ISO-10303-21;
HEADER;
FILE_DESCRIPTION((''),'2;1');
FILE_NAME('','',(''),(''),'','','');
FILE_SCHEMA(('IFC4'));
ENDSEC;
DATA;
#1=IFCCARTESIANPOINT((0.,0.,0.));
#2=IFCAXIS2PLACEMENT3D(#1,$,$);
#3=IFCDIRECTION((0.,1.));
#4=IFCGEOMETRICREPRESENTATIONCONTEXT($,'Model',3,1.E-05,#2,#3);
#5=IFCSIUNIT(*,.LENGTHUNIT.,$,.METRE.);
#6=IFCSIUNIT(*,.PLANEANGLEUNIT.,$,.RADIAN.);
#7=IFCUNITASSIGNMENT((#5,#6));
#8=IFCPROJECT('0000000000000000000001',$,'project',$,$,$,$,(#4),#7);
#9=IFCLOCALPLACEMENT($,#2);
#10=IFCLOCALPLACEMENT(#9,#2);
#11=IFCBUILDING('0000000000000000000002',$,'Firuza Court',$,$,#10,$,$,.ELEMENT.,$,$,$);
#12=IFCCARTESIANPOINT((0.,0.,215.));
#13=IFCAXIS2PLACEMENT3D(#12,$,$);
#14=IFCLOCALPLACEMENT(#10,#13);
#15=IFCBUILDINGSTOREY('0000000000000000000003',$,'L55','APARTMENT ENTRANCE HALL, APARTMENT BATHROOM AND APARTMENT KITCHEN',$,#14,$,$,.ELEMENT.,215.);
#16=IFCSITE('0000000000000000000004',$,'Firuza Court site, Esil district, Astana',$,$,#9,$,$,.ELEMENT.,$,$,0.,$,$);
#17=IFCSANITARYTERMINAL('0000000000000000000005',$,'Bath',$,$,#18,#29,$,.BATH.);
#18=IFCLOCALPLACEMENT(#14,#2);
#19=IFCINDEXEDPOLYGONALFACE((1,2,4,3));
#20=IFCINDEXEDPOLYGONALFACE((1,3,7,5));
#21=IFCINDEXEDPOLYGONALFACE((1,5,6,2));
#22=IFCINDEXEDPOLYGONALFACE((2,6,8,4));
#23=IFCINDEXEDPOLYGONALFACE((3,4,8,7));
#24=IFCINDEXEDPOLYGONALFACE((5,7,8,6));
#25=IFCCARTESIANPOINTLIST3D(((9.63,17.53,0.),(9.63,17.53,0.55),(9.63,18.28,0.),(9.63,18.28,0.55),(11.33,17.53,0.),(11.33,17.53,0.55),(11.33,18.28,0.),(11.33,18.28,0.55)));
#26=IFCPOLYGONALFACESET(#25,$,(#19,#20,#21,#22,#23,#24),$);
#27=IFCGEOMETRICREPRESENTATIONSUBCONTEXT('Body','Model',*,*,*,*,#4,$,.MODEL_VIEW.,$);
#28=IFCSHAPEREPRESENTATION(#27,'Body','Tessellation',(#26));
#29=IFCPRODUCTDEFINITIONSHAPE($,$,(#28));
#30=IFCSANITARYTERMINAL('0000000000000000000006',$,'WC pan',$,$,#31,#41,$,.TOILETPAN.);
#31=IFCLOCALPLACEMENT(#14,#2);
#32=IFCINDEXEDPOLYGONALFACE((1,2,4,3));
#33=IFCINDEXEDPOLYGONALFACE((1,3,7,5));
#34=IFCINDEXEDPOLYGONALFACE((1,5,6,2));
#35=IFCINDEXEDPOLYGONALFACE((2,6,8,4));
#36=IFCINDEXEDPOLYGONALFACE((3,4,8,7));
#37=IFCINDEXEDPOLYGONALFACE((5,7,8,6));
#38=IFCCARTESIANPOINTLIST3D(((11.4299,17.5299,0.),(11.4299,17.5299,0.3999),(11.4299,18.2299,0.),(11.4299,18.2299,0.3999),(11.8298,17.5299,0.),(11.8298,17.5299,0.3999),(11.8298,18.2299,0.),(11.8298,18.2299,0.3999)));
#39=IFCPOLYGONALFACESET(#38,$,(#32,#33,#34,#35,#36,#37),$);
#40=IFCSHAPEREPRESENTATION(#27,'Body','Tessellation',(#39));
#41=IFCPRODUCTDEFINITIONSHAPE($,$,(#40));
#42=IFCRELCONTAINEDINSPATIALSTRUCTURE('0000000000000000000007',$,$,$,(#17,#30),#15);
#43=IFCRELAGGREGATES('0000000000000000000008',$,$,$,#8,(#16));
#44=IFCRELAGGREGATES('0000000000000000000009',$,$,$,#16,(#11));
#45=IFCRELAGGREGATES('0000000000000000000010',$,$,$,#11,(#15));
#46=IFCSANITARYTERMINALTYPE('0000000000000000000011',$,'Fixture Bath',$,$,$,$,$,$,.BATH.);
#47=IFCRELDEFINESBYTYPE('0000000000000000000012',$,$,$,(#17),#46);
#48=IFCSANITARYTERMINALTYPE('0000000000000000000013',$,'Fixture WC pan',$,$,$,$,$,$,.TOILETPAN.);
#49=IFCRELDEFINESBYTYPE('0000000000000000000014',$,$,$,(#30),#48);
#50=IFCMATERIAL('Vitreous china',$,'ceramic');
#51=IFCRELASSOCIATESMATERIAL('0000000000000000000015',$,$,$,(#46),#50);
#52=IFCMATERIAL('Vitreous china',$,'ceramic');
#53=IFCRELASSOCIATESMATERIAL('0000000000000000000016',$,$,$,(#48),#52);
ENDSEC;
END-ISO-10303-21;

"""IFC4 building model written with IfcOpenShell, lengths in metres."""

from ifc_helpers import new_model, si_unit, direction, frame, origin, origin_2d, place, context, subcontext, project, spatial, rectangle, extrude, material, type_object, element, save


model = new_model("IFC4")

# Units and contexts
model_context = context("Model", 3, precision=1e-05, world=origin(), true_north=direction((0.0, 1.0)))
body_context = subcontext(model_context, "Body", "Model", "MODEL_VIEW")
ifc_project = project(units=[si_unit("LENGTHUNIT", "METRE"), si_unit("PLANEANGLEUNIT", "RADIAN")], contexts=[model_context])

# Site, building, storey
site_placement = place(None, origin())
site = spatial("IfcSite", under=ifc_project, at=site_placement, Name="Firuza Court site, Esil district, Astana", CompositionType="ELEMENT", RefElevation=0.0)
building_placement = place(site_placement, origin())
building = spatial("IfcBuilding", under=site, at=building_placement, Name="Firuza Court", CompositionType="ELEMENT")
storey_placement = place(building_placement, frame((0.0, 0.0, 215.0)))
storey = spatial("IfcBuildingStorey", under=building, at=storey_placement, Name="L55", Description="APARTMENT ENTRANCE HALL, APARTMENT BATHROOM AND APARTMENT KITCHEN", CompositionType="ELEMENT", Elevation=215.0)

# Sanitary terminals
ifc_material_1 = material(Name="Vitreous china", Category="ceramic")
sanitary_terminal_type_1 = type_object("IfcSanitaryTerminalType", Name="Fixture Bath", PredefinedType="BATH", material=ifc_material_1)
sanitary_terminal_1_placement = place(storey_placement, frame((10.48, 17.905, 0.0), z_axis=(0.0, 0.0, 1.0), x_axis=(1.0, 0.0, 0.0)))
element("IfcSanitaryTerminal", 1, at=sanitary_terminal_1_placement, inside=storey, type_object=sanitary_terminal_type_1, Name="Bath", PredefinedType="BATH", context=body_context, shape_type="SweptSolid", body=[
    extrude(rectangle(XDim=1.7, YDim=0.75, at=origin_2d()), origin(), (0.0, 0.0, 1.0), 0.55),
])
ifc_material_2 = material(Name="Vitreous china", Category="ceramic")
sanitary_terminal_type_2 = type_object("IfcSanitaryTerminalType", Name="Fixture WC pan", PredefinedType="TOILETPAN", material=ifc_material_2)
sanitary_terminal_2_placement = place(storey_placement, frame((11.6299, 17.8799, 0.0), z_axis=(0.0, 0.0, 1.0), x_axis=(1.0, 0.0, 0.0)))
element("IfcSanitaryTerminal", 2, at=sanitary_terminal_2_placement, inside=storey, type_object=sanitary_terminal_type_2, Name="WC pan", PredefinedType="TOILETPAN", context=body_context, shape_type="SweptSolid", body=[
    extrude(rectangle(XDim=0.3999, YDim=0.7, at=origin_2d()), origin(), (0.0, 0.0, 1.0), 0.3999),
])

save(model, "model.ifc")
